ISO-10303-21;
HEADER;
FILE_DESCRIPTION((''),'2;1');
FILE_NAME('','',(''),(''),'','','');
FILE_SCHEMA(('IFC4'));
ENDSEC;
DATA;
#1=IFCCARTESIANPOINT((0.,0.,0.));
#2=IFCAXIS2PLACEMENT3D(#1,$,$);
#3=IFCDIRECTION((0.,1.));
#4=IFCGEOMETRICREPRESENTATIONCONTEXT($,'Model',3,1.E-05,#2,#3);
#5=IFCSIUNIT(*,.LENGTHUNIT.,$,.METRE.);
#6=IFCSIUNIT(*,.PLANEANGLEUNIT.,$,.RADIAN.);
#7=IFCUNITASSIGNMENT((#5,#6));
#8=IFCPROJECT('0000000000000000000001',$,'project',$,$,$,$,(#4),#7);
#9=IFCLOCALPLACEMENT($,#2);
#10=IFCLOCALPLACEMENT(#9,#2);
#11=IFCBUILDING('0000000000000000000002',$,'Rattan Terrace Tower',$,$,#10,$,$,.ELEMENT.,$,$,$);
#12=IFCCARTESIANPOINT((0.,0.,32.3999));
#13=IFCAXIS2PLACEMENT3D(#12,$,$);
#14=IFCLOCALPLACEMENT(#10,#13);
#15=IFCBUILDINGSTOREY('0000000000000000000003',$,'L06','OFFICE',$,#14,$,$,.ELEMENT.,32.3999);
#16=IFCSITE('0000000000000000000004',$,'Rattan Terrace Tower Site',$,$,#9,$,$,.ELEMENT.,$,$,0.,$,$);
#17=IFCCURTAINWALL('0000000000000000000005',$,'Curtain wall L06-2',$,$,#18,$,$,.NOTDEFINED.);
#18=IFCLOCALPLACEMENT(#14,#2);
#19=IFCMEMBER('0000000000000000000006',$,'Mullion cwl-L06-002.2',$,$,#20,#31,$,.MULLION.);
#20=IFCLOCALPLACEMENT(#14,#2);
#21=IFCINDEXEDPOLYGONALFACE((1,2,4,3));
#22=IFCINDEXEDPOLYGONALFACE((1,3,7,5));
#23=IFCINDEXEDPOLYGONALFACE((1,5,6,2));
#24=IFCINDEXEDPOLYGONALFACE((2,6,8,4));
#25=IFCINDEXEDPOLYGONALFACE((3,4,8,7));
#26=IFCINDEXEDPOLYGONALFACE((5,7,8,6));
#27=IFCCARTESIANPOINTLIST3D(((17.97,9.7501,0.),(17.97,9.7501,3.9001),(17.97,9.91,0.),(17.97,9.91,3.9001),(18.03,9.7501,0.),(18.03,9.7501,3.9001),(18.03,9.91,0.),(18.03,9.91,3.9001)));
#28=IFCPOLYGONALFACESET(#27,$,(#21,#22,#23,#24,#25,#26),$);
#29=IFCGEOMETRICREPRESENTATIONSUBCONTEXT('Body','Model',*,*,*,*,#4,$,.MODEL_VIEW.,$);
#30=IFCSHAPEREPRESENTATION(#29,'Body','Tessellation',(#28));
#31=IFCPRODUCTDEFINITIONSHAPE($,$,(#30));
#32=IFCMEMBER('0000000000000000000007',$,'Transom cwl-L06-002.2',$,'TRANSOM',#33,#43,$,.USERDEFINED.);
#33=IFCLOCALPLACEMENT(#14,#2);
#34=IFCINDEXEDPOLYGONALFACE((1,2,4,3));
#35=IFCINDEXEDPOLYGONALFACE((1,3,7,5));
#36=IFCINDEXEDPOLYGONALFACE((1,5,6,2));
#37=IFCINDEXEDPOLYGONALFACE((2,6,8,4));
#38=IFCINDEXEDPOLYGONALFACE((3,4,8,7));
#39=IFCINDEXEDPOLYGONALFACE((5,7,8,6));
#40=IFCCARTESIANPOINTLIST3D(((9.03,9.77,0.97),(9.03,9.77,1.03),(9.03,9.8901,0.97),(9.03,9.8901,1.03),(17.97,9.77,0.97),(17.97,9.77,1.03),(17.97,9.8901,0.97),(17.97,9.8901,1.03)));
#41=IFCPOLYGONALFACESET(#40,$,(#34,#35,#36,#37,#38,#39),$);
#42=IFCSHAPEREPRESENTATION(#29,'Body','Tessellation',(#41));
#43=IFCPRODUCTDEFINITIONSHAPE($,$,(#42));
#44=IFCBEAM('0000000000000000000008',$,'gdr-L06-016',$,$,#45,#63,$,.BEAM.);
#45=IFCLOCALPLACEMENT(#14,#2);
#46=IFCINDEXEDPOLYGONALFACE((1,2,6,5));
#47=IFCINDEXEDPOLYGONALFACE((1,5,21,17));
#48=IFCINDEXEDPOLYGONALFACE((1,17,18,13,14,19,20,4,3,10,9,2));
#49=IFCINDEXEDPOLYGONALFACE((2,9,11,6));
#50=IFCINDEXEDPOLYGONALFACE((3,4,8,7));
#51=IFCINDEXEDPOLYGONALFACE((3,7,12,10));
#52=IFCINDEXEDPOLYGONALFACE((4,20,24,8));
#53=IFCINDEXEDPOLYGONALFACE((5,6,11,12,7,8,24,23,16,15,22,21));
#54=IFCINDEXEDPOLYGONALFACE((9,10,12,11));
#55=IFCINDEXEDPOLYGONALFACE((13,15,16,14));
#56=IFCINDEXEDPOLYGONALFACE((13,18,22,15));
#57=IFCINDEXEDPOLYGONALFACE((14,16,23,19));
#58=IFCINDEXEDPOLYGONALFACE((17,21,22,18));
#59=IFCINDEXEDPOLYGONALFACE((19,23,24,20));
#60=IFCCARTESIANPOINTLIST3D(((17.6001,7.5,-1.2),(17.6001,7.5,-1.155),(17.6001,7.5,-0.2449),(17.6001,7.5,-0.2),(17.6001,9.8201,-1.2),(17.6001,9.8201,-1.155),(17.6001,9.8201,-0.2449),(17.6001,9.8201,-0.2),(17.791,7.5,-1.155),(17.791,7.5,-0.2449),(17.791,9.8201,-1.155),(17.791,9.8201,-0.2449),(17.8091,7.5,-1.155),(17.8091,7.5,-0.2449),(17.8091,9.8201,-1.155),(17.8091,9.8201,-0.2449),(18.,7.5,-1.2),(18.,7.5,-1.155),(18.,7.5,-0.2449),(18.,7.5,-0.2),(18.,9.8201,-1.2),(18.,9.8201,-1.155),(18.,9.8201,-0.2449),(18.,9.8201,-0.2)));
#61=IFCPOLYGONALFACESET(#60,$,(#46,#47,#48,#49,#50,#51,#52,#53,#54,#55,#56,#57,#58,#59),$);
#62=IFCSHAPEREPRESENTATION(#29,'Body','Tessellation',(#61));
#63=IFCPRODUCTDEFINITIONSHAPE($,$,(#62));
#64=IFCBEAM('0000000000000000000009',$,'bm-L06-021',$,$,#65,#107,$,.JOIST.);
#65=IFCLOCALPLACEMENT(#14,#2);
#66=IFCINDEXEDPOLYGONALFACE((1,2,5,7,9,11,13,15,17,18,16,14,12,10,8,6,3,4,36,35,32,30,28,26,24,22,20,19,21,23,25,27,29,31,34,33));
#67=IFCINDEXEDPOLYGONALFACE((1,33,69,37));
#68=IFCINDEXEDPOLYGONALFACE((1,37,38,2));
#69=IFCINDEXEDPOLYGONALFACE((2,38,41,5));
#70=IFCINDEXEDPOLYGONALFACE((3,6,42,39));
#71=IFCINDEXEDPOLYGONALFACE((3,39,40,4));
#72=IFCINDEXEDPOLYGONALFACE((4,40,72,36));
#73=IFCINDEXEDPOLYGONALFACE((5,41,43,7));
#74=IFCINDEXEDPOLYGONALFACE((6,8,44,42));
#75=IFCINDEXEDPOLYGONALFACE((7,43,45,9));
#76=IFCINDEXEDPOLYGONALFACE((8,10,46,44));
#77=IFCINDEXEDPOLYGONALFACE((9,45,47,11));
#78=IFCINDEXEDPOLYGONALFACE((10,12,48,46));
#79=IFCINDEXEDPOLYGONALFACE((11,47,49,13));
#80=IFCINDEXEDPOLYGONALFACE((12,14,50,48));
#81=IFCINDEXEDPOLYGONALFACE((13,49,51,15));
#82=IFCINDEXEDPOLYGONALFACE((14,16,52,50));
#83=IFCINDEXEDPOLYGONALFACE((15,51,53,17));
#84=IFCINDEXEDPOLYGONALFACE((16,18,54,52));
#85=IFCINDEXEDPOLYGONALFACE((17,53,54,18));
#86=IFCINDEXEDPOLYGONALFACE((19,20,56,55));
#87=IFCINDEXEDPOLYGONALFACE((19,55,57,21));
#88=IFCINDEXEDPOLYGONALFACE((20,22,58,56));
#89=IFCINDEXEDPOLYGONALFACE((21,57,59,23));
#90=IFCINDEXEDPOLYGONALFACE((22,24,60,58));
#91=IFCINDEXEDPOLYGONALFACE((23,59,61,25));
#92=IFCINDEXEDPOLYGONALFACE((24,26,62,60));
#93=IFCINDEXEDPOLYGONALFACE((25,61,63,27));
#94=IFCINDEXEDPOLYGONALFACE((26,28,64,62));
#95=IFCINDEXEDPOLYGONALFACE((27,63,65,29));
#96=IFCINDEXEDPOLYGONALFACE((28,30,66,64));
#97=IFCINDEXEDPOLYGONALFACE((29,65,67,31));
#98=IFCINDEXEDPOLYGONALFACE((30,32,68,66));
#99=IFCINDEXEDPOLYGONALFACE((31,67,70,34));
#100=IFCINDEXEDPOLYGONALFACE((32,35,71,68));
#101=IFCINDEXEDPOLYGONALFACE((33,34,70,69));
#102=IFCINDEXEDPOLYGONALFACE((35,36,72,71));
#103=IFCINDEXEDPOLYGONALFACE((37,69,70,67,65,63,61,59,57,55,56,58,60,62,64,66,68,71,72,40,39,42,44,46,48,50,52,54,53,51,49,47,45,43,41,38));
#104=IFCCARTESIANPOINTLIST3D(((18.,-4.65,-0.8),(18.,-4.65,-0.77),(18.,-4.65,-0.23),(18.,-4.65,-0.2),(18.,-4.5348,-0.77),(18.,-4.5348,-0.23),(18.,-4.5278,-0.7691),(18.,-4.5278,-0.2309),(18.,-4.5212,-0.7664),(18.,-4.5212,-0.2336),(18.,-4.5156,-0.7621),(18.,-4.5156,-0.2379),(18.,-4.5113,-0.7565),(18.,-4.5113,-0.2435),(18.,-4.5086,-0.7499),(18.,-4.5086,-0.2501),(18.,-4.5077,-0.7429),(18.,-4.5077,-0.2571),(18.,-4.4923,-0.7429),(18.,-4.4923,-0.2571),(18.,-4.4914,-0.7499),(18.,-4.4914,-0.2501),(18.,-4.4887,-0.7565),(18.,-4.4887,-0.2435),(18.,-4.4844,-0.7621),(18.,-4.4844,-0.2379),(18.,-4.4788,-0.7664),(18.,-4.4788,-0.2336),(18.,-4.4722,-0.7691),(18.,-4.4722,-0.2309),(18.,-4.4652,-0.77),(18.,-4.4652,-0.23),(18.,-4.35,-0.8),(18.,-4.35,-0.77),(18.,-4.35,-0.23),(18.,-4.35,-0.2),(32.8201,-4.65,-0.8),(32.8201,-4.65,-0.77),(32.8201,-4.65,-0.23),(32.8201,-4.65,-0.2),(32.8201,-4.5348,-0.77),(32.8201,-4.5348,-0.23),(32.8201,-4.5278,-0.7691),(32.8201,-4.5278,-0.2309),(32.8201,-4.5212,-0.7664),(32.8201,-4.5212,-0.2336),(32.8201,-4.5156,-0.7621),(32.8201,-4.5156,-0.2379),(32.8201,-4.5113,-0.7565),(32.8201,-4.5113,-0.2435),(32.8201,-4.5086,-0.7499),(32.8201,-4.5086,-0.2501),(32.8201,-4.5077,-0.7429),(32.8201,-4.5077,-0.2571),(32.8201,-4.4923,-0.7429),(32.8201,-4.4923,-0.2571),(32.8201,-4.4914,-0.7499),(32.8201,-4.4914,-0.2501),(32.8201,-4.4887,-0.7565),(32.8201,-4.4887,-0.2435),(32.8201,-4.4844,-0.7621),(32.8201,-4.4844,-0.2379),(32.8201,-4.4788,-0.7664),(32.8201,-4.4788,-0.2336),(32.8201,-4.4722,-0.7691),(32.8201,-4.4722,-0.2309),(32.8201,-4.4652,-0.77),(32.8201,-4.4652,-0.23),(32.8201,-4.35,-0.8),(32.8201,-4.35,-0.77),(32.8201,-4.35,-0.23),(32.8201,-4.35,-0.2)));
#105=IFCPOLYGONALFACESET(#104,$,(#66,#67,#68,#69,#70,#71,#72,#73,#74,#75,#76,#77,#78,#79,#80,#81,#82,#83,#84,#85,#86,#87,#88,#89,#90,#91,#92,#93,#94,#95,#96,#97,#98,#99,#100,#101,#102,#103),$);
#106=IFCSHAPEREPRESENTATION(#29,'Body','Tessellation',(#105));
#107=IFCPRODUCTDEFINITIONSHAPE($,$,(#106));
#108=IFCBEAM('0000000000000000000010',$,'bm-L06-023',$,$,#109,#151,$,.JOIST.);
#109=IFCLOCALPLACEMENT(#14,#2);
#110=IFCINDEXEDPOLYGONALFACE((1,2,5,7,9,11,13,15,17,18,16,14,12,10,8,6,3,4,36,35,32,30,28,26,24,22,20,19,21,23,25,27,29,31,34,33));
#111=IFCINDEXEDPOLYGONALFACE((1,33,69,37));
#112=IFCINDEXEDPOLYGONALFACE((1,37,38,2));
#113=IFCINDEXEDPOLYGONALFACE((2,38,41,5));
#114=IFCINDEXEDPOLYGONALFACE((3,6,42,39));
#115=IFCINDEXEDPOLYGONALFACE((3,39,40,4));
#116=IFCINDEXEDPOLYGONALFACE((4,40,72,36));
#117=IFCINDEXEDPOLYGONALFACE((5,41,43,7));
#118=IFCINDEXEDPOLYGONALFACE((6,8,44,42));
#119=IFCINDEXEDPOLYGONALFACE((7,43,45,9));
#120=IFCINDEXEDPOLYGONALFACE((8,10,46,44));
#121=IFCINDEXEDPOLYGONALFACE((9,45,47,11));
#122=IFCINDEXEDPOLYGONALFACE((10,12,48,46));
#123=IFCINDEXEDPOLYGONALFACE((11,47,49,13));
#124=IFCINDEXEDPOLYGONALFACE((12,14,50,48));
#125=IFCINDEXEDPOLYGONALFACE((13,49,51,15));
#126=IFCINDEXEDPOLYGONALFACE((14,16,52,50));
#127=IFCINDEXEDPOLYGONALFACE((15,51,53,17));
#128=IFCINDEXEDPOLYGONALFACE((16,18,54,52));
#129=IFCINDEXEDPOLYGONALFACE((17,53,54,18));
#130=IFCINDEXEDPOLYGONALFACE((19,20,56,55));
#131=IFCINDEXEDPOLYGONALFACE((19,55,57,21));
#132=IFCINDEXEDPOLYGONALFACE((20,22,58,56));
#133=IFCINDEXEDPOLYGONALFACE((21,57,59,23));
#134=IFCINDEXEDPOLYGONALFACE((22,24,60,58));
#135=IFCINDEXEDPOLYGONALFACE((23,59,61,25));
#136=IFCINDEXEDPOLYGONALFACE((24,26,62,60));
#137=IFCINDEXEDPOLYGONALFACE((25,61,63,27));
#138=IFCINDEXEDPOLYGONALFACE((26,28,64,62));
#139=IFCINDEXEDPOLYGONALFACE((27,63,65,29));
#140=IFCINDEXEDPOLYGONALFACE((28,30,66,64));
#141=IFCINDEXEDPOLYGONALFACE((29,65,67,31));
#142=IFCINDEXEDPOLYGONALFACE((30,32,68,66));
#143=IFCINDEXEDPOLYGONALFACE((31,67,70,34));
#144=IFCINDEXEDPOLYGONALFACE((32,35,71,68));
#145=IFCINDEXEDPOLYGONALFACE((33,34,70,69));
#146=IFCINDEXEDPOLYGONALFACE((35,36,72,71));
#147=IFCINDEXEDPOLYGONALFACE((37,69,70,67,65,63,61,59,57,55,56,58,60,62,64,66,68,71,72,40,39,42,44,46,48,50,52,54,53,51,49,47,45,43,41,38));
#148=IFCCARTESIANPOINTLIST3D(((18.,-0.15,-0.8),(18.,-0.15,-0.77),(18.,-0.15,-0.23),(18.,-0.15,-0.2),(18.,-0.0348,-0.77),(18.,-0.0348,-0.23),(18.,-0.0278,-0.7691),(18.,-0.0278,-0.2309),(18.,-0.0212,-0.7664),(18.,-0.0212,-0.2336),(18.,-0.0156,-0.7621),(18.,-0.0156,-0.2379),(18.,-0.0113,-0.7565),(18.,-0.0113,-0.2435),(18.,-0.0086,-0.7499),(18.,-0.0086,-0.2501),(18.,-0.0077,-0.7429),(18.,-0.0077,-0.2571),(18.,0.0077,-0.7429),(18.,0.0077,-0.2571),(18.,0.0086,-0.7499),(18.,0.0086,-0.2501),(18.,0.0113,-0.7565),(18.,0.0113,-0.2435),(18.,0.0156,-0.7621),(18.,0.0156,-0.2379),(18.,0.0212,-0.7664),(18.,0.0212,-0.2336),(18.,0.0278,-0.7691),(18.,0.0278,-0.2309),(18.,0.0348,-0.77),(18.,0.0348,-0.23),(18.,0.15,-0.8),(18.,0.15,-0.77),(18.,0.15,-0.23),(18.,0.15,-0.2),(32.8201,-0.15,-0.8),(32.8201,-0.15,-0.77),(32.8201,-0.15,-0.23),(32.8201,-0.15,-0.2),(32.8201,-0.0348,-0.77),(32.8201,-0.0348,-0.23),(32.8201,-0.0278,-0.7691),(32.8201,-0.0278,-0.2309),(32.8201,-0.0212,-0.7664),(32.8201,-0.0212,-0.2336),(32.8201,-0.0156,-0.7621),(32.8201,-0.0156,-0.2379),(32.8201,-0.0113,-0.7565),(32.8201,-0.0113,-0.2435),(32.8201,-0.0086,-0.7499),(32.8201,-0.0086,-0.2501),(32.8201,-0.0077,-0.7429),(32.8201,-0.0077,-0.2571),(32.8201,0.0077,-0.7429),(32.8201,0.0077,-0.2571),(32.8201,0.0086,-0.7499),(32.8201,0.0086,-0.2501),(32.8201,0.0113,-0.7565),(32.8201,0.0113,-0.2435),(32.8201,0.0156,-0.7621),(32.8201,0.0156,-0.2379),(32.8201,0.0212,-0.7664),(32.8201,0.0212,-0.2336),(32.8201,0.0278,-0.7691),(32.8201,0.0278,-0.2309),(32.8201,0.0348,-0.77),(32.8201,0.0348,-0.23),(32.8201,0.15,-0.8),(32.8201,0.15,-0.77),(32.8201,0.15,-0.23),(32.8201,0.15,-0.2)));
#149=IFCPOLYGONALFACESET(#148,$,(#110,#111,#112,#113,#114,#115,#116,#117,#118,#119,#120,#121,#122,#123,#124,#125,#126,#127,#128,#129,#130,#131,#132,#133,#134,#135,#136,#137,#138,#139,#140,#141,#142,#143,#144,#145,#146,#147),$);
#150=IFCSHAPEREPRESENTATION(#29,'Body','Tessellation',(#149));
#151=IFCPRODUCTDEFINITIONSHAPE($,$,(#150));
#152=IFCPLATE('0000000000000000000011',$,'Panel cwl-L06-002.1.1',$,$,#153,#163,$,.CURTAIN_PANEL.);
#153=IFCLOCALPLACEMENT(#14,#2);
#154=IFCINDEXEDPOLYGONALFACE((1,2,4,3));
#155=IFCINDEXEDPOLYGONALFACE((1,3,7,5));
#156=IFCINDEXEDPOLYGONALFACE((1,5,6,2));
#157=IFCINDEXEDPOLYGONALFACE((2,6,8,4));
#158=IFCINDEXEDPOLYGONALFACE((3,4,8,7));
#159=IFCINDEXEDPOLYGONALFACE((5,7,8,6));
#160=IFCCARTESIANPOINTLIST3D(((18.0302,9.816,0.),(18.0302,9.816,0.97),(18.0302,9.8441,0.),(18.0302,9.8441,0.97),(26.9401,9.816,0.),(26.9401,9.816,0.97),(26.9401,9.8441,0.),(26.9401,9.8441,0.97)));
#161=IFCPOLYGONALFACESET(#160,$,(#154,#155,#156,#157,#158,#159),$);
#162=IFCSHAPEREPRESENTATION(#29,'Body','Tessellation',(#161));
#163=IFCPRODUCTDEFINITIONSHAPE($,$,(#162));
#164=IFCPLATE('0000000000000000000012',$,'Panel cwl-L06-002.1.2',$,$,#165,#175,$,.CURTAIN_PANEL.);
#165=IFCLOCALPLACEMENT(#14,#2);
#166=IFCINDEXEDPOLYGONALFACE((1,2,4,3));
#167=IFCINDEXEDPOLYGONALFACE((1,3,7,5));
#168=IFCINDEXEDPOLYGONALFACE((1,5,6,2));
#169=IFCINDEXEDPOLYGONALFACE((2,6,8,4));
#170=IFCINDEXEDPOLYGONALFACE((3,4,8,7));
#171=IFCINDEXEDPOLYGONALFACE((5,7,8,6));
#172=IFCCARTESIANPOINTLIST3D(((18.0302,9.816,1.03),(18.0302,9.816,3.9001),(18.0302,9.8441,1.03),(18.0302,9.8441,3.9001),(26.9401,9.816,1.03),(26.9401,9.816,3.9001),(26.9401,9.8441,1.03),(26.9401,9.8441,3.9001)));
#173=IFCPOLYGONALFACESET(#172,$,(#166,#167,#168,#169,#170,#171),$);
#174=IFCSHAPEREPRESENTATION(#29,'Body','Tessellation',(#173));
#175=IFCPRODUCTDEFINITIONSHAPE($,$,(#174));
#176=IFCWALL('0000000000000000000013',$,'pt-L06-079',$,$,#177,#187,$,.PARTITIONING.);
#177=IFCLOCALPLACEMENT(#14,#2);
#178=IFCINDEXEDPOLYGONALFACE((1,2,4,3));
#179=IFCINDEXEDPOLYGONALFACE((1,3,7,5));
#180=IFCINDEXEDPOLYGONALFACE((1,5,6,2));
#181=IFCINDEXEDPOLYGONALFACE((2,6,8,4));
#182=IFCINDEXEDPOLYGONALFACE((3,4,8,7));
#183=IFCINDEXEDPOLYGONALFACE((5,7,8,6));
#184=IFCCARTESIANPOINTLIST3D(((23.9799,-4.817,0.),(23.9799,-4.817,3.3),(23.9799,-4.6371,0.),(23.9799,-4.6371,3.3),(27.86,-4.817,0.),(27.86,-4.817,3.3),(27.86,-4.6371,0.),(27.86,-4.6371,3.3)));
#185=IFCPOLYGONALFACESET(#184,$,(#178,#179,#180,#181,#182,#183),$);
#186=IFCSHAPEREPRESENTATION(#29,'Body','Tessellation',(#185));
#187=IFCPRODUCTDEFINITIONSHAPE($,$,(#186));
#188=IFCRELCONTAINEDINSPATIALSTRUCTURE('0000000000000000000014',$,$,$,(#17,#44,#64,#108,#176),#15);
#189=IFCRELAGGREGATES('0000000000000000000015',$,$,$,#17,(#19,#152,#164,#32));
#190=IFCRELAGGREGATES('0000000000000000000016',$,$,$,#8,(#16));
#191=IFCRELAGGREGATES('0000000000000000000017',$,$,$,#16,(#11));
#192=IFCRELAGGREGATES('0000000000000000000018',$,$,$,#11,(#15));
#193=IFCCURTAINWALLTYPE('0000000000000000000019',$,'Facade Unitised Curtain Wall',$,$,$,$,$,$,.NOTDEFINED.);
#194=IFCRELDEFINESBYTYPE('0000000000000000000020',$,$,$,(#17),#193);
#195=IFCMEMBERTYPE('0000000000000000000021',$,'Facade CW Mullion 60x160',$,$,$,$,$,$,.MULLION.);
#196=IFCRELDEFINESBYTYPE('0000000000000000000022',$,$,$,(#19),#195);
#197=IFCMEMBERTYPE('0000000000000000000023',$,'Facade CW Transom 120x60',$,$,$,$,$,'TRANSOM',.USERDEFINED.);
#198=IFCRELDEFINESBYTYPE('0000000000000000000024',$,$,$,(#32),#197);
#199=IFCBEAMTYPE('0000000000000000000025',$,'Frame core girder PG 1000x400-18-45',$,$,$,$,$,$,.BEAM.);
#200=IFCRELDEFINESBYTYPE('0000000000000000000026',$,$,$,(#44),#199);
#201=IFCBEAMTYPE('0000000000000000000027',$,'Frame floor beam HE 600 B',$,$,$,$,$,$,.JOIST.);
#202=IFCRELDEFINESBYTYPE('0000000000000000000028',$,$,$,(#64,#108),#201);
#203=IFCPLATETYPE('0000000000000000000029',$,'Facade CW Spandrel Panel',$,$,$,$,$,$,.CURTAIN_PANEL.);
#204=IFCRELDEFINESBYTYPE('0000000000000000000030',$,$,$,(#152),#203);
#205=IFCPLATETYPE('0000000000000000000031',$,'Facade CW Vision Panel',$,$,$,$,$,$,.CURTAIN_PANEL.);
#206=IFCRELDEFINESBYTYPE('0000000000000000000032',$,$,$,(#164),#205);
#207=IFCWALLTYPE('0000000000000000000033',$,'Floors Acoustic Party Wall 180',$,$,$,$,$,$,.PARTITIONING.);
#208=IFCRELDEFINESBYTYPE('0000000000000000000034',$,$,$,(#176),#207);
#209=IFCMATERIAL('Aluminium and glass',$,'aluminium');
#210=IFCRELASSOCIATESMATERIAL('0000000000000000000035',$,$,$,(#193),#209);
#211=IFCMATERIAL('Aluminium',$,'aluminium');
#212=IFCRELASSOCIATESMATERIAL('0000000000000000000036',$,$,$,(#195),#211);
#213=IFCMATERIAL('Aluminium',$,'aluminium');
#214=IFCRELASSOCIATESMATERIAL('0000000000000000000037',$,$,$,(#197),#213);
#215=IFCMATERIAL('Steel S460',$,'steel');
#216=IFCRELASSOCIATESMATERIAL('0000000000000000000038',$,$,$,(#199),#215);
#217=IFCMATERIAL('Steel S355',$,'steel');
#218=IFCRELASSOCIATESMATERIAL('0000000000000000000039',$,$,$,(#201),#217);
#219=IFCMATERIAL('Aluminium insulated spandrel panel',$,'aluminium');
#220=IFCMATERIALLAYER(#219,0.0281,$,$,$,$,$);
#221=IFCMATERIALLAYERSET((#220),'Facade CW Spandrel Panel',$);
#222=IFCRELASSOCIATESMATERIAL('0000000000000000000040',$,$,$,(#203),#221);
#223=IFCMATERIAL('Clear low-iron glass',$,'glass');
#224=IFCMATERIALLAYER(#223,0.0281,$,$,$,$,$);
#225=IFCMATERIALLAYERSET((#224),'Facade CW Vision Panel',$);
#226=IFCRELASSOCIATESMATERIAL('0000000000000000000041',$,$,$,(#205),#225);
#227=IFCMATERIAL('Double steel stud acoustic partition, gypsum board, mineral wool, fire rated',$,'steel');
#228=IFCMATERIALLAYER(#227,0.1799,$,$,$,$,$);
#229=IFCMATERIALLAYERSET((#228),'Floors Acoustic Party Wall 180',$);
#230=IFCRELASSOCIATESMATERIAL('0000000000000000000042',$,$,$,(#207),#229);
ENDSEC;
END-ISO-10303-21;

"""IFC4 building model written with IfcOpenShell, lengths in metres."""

from ifc_helpers import new_model, si_unit, direction, frame, frame_2d, origin, origin_2d, place, context, subcontext, project, spatial, rectangle, i_section, extrude, material, layer, layer_set, material_profile, profile_set, type_object, element, aggregate, save


model = new_model("IFC4")

# Units and contexts
model_context = context("Model", 3, precision=1e-05, world=origin(), true_north=direction((0.0, 1.0)))
body_context = subcontext(model_context, "Body", "Model", "MODEL_VIEW")
ifc_project = project(units=[si_unit("LENGTHUNIT", "METRE"), si_unit("PLANEANGLEUNIT", "RADIAN")], contexts=[model_context])

# Site, building, storey
site_placement = place(None, origin())
site = spatial("IfcSite", under=ifc_project, at=site_placement, Name="Rattan Terrace Tower Site", CompositionType="ELEMENT", RefElevation=0.0)
building_placement = place(site_placement, origin())
building = spatial("IfcBuilding", under=site, at=building_placement, Name="Rattan Terrace Tower", CompositionType="ELEMENT")
storey_placement = place(building_placement, frame((0.0, 0.0, 32.3999)))
storey = spatial("IfcBuildingStorey", under=building, at=storey_placement, Name="L06", Description="OFFICE", CompositionType="ELEMENT", Elevation=32.3999)

# Curtain wall, members
ifc_material_1 = material(Name="Aluminium and glass", Category="aluminium")
curtain_wall_type = type_object("IfcCurtainWallType", Name="Facade Unitised Curtain Wall", PredefinedType="NOTDEFINED", material=ifc_material_1)
curtain_wall_placement = place(storey_placement, origin())
curtain_wall = element("IfcCurtainWall", 1, at=curtain_wall_placement, inside=storey, type_object=curtain_wall_type, Name="Curtain wall L06-2", PredefinedType="NOTDEFINED")
ifc_material_2 = material(Name="Aluminium", Category="aluminium")
ifc_material_profile_1 = material_profile(ifc_material_2, rectangle(XDim=0.0601, YDim=0.1599, at=origin_2d()), Name="Aluminium 60x160")
ifc_profile_set_1 = profile_set([ifc_material_profile_1], Name="Aluminium")
member_type_1 = type_object("IfcMemberType", Name="Facade CW Mullion 60x160", PredefinedType="MULLION", material=ifc_profile_set_1)
member_1_placement = place(storey_placement, frame((18.0, 9.8301, 0.0), z_axis=(0.0, 0.0, 1.0), x_axis=(-1.0, 0.0, 0.0)))
member_1 = element("IfcMember", 2, at=member_1_placement, type_object=member_type_1, Name="Mullion cwl-L06-002.2", PredefinedType="MULLION", context=body_context, shape_type="SweptSolid", body=[
    extrude(rectangle(XDim=0.0601, YDim=0.1599, at=origin_2d()), origin(), (0.0, 0.0, 1.0), 3.9001),
])
ifc_material_3 = material(Name="Aluminium", Category="aluminium")
ifc_material_profile_2 = material_profile(ifc_material_3, rectangle(XDim=0.1201, YDim=0.0601, at=origin_2d()), Name="Aluminium 120x60")
ifc_profile_set_2 = profile_set([ifc_material_profile_2], Name="Aluminium")
member_type_2 = type_object("IfcMemberType", Name="Facade CW Transom 120x60", ElementType="TRANSOM", PredefinedType="USERDEFINED", material=ifc_profile_set_2)
member_2_placement = place(storey_placement, frame((17.97, 9.8301, 1.0), z_axis=(-1.0, 0.0, 0.0), x_axis=(0.0, -1.0, 0.0)))
member_2 = element("IfcMember", 3, at=member_2_placement, type_object=member_type_2, Name="Transom cwl-L06-002.2", ObjectType="TRANSOM", PredefinedType="USERDEFINED", context=body_context, shape_type="SweptSolid", body=[
    extrude(rectangle(XDim=0.1201, YDim=0.0601, at=origin_2d()), origin(), (0.0, 0.0, 1.0), 8.9399),
])

# Beams
ifc_material_4 = material(Name="Steel S460", Category="steel")
ifc_material_profile_3 = material_profile(ifc_material_4, i_section(OverallWidth=0.3999, OverallDepth=1.0, WebThickness=0.0181, FlangeThickness=0.0449, at=origin_2d()), Name="PG 1000x400-18-45")
ifc_profile_set_3 = profile_set([ifc_material_profile_3], Name="Steel S460")
beam_type_1 = type_object("IfcBeamType", Name="Frame core girder PG 1000x400-18-45", PredefinedType="BEAM", material=ifc_profile_set_3)
beam_placement = place(storey_placement, frame((17.8, 7.5, -0.7), z_axis=(0.0, 1.0, 0.0), x_axis=(-1.0, 0.0, 0.0)))
element("IfcBeam", 4, at=beam_placement, inside=storey, type_object=beam_type_1, Name="gdr-L06-016", PredefinedType="BEAM", context=body_context, shape_type="SweptSolid", body=[
    extrude(i_section(OverallWidth=0.3999, OverallDepth=1.0, WebThickness=0.0181, FlangeThickness=0.0449, at=origin_2d()), origin(), (0.0, 0.0, 1.0), 2.3201),
])
ifc_material_5 = material(Name="Steel S355", Category="steel")
ifc_material_profile_4 = material_profile(ifc_material_5, i_section(OverallWidth=0.3, OverallDepth=0.6001, WebThickness=0.0154, FlangeThickness=0.03, FilletRadius=0.0271, at=origin_2d()), Name="HE 600 B")
ifc_profile_set_4 = profile_set([ifc_material_profile_4], Name="Steel S355")
beam_type_2 = type_object("IfcBeamType", Name="Frame floor beam HE 600 B", PredefinedType="JOIST", material=ifc_profile_set_4)
for number, where, z_axis, x_axis, name in (
    (5, (18.0, -4.5, -0.5), (1.0, 0.0, 0.0), (0.0, 1.0, 0.0), "bm-L06-021"),
    (6, (18.0, 0.0, -0.5), (1.0, 0.0, 0.0), (0.0, 1.0, 0.0), "bm-L06-023"),
):
    element("IfcBeam", number, at=place(storey_placement, frame(where, z_axis=z_axis, x_axis=x_axis)), inside=storey, type_object=beam_type_2, Name=name, PredefinedType="JOIST", context=body_context, shape_type="SweptSolid", body=[
        extrude(i_section(OverallWidth=0.3, OverallDepth=0.6001, WebThickness=0.0154, FlangeThickness=0.03, FilletRadius=0.0271, at=origin_2d()), origin(), (0.0, 0.0, 1.0), 14.8201),
    ])

# Plates
ifc_material_6 = material(Name="Aluminium insulated spandrel panel", Category="aluminium")
ifc_layer_1 = layer(ifc_material_6, 0.0281)
ifc_layer_set_1 = layer_set([ifc_layer_1], Name="Facade CW Spandrel Panel")
plate_type_1 = type_object("IfcPlateType", Name="Facade CW Spandrel Panel", PredefinedType="CURTAIN_PANEL", material=ifc_layer_set_1)
plate_1_placement = place(storey_placement, frame((22.4851, 9.8301, 0.0), z_axis=(0.0, 0.0, 1.0), x_axis=(-1.0, 0.0, 0.0)))
plate_1 = element("IfcPlate", 7, at=plate_1_placement, type_object=plate_type_1, Name="Panel cwl-L06-002.1.1", PredefinedType="CURTAIN_PANEL", context=body_context, shape_type="SweptSolid", body=[
    extrude(rectangle(XDim=8.9099, YDim=0.0281, at=origin_2d()), origin(), (0.0, 0.0, 1.0), 0.97),
])
ifc_material_7 = material(Name="Clear low-iron glass", Category="glass")
ifc_layer_2 = layer(ifc_material_7, 0.0281)
ifc_layer_set_2 = layer_set([ifc_layer_2], Name="Facade CW Vision Panel")
plate_type_2 = type_object("IfcPlateType", Name="Facade CW Vision Panel", PredefinedType="CURTAIN_PANEL", material=ifc_layer_set_2)
plate_2_placement = place(storey_placement, frame((22.4851, 9.8301, 1.03), z_axis=(0.0, 0.0, 1.0), x_axis=(-1.0, 0.0, 0.0)))
plate_2 = element("IfcPlate", 8, at=plate_2_placement, type_object=plate_type_2, Name="Panel cwl-L06-002.1.2", PredefinedType="CURTAIN_PANEL", context=body_context, shape_type="SweptSolid", body=[
    extrude(rectangle(XDim=8.9099, YDim=0.0281, at=origin_2d()), origin(), (0.0, 0.0, 1.0), 2.8701),
])
aggregate(curtain_wall, [member_1, plate_1, plate_2, member_2])

# Wall
ifc_material_8 = material(Name="Double steel stud acoustic partition, gypsum board, mineral wool, fire rated", Category="steel")
ifc_layer_3 = layer(ifc_material_8, 0.1799)
ifc_layer_set_3 = layer_set([ifc_layer_3], Name="Floors Acoustic Party Wall 180")
wall_type_1 = type_object("IfcWallType", Name="Floors Acoustic Party Wall 180", PredefinedType="PARTITIONING", material=ifc_layer_set_3)
wall_1_placement = place(storey_placement, frame((23.98, -4.7271, 0.0), z_axis=(0.0, 0.0, 1.0), x_axis=(1.0, 0.0, 0.0)))
element("IfcWall", 9, at=wall_1_placement, inside=storey, type_object=wall_type_1, Name="pt-L06-079", PredefinedType="PARTITIONING", context=body_context, shape_type="SweptSolid", body=[
    extrude(rectangle(XDim=3.8801, YDim=0.1799, at=frame_2d((1.9399, 0.0))), origin(), (0.0, 0.0, 1.0), 3.3),
])

save(model, "model.ifc")
